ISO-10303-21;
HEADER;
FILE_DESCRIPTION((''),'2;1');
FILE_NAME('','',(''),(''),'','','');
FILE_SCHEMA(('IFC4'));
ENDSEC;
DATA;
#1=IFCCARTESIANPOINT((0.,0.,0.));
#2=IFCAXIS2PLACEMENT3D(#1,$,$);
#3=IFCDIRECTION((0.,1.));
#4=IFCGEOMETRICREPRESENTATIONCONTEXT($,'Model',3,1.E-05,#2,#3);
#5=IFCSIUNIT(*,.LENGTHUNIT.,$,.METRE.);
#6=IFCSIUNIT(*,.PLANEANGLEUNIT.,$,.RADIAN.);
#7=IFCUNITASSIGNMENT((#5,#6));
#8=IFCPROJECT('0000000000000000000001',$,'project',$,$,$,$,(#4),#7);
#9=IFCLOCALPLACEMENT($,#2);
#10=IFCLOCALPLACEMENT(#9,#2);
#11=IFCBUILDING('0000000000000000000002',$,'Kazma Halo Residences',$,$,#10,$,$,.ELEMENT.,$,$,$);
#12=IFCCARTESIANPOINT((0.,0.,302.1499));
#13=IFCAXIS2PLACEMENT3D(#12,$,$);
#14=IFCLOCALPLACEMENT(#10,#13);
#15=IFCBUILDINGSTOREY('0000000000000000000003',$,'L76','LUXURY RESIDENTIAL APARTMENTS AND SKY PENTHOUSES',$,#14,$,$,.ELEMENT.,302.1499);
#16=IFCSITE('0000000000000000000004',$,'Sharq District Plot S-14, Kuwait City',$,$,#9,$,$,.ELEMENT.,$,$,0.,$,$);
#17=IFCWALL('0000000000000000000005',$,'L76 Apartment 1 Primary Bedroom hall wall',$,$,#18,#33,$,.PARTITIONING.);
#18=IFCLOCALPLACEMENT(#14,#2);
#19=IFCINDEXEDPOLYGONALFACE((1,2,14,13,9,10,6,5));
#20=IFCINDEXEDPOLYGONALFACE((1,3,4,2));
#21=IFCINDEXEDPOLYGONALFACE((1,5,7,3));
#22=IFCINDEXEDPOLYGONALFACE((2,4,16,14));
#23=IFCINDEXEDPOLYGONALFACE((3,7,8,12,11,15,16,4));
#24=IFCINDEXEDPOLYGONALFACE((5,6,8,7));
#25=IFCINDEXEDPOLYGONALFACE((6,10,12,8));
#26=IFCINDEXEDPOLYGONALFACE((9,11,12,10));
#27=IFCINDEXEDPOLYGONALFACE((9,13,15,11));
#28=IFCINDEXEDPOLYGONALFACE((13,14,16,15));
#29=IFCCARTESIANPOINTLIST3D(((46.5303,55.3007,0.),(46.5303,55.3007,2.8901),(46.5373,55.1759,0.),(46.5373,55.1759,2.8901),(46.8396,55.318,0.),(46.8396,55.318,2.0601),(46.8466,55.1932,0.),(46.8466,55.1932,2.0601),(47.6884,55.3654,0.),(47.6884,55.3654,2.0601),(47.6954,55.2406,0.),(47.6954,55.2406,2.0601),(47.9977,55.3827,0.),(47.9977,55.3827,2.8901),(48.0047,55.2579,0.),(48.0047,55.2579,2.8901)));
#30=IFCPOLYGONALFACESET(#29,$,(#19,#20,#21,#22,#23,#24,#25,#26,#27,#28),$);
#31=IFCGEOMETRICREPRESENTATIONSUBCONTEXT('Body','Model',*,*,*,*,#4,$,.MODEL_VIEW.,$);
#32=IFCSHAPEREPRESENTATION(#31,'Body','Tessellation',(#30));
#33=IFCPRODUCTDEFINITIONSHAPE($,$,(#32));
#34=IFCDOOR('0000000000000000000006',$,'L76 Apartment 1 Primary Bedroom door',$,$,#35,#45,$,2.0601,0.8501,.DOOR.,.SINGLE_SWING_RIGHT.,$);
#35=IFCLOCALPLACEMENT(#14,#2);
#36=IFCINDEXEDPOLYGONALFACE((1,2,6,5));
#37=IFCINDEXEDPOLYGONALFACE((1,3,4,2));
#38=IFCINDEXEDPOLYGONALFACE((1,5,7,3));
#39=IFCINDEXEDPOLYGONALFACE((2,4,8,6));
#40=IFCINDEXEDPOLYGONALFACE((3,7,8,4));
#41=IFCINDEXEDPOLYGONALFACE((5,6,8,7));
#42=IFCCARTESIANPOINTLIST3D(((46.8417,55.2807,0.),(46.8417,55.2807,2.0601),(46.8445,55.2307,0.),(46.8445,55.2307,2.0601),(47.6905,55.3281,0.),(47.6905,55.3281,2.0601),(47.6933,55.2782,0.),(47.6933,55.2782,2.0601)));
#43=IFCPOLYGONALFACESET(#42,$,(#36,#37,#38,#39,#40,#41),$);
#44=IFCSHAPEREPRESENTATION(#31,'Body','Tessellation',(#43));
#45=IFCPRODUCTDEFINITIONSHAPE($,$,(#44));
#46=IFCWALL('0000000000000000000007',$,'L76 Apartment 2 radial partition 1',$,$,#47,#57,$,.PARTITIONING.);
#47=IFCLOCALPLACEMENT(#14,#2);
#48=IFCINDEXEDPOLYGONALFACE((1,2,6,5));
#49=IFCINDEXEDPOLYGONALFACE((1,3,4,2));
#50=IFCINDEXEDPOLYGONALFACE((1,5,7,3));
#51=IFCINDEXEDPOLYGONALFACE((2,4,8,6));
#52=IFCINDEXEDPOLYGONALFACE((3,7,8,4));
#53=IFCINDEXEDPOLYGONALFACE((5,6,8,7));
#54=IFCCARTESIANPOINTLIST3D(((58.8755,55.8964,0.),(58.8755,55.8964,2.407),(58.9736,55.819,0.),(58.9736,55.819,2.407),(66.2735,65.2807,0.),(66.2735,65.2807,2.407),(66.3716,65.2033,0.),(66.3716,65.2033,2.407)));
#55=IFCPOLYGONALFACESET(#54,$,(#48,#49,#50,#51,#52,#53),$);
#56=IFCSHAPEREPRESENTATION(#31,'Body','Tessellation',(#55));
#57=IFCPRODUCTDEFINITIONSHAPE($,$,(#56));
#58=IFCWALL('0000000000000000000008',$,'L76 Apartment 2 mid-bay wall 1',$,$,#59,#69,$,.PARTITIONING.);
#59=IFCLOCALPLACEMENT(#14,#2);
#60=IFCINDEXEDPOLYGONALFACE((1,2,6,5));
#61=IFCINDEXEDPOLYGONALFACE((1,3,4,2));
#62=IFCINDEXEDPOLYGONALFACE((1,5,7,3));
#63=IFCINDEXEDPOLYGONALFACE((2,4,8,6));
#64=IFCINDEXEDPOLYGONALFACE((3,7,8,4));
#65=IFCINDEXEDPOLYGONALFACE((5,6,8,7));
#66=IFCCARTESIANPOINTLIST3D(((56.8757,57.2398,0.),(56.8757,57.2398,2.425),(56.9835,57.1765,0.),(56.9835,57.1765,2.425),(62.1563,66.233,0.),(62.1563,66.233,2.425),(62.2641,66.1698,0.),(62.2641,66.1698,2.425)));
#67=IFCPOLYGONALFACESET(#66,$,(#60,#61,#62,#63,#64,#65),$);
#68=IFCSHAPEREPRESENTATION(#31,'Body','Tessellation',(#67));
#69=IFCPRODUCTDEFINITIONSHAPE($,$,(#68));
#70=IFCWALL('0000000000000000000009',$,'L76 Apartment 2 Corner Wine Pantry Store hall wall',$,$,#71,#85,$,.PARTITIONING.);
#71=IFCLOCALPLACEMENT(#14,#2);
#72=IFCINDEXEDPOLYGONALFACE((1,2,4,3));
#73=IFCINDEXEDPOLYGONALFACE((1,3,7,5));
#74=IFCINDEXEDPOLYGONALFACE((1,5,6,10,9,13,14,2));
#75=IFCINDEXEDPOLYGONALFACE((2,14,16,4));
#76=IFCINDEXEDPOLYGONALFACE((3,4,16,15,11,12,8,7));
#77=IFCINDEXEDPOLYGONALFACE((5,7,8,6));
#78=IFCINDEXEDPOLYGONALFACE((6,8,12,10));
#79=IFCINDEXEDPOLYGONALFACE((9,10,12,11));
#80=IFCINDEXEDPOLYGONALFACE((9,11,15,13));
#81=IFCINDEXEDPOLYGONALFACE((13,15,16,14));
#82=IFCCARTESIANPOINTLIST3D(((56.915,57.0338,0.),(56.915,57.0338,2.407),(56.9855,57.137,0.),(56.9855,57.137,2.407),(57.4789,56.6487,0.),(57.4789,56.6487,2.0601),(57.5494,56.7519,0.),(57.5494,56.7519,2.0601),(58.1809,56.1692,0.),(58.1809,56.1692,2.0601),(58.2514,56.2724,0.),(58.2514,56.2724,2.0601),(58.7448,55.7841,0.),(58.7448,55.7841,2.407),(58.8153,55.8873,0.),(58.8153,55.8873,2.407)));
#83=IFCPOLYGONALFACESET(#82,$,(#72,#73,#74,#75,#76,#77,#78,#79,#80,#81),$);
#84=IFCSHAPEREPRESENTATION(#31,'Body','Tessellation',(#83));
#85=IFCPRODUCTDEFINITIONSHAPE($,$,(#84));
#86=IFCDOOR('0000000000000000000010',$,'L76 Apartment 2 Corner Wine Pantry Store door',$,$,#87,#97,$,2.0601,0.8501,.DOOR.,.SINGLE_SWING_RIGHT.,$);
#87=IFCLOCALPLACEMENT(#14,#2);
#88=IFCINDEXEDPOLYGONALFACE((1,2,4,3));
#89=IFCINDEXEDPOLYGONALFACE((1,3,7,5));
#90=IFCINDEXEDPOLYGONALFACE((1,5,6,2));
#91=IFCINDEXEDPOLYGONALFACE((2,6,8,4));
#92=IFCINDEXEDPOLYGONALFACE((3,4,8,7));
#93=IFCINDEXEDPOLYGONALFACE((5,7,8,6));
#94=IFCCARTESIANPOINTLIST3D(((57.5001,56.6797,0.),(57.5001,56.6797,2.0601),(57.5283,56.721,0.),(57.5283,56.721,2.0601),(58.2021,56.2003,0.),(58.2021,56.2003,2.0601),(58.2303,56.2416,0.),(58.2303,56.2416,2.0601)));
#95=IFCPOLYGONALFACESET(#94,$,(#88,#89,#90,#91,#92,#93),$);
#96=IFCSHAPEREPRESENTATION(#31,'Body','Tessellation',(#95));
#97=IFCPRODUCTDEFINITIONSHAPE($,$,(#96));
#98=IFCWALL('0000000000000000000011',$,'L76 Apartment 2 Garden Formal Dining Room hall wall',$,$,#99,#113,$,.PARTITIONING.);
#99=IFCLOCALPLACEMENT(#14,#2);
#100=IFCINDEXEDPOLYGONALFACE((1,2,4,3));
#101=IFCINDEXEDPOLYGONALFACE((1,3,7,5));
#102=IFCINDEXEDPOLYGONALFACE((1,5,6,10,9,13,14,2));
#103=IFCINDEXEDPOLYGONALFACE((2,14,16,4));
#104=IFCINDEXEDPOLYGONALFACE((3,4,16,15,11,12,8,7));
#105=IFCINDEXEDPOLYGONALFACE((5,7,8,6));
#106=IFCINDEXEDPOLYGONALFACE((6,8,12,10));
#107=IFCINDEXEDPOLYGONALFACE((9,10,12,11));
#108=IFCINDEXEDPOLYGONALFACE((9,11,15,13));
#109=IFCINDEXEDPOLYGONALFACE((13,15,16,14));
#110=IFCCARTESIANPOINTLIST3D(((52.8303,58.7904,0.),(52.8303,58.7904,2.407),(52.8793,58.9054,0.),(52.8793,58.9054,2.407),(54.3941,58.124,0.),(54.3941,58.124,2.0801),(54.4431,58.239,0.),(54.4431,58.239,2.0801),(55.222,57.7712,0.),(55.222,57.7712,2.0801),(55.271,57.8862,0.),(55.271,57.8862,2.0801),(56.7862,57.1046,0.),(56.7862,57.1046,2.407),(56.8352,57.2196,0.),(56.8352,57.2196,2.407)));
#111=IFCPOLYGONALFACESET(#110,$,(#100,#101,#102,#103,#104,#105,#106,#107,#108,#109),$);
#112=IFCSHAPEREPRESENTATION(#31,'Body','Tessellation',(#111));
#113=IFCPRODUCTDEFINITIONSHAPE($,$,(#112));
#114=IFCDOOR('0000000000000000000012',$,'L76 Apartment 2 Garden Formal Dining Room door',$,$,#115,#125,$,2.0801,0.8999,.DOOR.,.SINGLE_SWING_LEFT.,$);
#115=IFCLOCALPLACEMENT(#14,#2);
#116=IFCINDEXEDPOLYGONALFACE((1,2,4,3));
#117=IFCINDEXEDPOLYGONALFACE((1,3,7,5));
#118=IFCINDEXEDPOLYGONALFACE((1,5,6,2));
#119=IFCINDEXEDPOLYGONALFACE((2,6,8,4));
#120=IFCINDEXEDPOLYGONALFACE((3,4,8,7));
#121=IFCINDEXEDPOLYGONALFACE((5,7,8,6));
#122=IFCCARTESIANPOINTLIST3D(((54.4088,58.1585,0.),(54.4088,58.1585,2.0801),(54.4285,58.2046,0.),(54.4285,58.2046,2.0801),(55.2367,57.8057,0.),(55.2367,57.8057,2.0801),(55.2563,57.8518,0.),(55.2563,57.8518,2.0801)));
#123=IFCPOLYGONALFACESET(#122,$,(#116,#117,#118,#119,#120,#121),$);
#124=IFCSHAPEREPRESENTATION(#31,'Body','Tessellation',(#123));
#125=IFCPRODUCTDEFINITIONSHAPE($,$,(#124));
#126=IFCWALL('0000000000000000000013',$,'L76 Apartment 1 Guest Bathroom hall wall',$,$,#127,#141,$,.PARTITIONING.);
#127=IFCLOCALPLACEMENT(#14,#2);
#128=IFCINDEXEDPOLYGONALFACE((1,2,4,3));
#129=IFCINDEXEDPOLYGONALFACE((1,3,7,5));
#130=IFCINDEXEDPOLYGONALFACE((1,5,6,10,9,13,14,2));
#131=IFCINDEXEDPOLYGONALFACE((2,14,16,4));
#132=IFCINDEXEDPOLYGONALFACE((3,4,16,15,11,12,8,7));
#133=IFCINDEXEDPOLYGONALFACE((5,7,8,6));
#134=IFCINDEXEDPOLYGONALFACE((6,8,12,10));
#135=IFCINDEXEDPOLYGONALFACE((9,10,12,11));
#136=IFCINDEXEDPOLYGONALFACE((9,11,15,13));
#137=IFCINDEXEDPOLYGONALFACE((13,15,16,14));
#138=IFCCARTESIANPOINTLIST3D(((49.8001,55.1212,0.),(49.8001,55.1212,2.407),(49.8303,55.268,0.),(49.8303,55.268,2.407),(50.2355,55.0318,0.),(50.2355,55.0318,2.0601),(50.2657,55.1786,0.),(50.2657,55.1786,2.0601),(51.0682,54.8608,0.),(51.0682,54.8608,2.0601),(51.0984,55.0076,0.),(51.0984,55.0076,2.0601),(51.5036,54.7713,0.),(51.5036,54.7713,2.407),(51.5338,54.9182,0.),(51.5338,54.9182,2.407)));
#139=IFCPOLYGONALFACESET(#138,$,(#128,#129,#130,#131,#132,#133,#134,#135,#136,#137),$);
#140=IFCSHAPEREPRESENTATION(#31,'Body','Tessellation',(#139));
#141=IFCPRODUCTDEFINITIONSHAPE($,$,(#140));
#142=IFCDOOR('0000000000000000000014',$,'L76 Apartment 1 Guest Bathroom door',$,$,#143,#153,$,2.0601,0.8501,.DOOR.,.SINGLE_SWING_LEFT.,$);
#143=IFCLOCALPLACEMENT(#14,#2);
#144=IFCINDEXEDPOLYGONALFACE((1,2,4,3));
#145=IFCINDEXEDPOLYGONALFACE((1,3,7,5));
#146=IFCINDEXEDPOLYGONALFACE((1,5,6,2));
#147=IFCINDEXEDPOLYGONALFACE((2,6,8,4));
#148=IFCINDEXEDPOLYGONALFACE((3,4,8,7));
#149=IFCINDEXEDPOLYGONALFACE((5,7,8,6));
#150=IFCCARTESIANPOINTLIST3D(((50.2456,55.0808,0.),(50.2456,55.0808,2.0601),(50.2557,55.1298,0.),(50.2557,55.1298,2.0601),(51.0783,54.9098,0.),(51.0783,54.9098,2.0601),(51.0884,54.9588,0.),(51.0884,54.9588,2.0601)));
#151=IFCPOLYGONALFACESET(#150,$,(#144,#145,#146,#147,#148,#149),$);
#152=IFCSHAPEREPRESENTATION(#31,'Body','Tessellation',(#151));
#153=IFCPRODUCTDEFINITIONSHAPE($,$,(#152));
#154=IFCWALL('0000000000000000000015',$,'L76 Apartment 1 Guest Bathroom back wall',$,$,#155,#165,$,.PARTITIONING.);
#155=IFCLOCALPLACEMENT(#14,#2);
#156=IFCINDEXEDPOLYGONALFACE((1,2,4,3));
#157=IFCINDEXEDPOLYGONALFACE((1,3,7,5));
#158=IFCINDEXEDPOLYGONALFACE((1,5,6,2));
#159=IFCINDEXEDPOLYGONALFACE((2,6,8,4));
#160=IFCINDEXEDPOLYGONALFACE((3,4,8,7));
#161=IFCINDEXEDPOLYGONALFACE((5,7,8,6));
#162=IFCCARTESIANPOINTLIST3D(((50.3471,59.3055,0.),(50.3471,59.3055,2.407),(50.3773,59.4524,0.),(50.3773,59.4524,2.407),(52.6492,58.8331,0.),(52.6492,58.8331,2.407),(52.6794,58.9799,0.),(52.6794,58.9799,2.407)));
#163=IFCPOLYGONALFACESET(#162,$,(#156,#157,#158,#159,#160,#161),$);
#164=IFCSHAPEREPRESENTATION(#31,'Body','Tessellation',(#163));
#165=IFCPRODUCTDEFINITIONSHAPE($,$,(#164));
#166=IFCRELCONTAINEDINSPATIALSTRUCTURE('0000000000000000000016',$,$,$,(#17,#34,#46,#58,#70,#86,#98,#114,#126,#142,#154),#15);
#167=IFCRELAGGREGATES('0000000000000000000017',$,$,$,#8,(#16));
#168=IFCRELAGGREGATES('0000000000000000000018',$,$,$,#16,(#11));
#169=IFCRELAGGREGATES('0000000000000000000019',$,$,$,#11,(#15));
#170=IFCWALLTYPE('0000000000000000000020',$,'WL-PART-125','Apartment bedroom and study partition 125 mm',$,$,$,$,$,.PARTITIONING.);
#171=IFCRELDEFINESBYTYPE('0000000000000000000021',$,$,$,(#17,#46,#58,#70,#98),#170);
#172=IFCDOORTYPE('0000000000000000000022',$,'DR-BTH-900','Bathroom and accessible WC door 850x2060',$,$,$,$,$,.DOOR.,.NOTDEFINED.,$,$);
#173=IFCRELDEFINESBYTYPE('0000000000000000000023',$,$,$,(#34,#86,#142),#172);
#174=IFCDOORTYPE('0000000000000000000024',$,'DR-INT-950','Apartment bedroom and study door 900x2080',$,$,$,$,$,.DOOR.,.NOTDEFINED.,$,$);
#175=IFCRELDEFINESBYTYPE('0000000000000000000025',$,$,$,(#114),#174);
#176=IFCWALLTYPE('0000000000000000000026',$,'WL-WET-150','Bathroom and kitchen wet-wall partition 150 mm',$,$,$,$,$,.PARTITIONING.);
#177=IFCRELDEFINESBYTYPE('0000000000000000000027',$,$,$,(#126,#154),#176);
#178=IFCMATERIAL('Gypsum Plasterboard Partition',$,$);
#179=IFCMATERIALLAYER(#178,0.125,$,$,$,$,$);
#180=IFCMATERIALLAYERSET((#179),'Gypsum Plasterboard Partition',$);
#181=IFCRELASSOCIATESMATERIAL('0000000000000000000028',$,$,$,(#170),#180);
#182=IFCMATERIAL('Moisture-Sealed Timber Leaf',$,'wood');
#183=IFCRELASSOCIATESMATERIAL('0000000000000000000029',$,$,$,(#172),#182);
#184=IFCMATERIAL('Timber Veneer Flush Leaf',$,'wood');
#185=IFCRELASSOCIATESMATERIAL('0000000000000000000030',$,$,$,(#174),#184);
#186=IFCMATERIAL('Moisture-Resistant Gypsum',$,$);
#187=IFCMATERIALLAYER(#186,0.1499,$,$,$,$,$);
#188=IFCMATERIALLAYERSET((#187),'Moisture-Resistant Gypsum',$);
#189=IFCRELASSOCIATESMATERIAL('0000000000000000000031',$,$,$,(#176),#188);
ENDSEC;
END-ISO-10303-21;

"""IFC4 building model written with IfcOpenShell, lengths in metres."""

from ifc_helpers import new_model, si_unit, direction, frame, frame_2d, origin, place, context, subcontext, project, spatial, rectangle, extrude, material, layer, layer_set, type_object, element, fill, save


model = new_model("IFC4")

# Units and contexts
model_context = context("Model", 3, precision=1e-05, world=origin(), true_north=direction((0.0, 1.0)))
body_context = subcontext(model_context, "Body", "Model", "MODEL_VIEW")
ifc_project = project(units=[si_unit("LENGTHUNIT", "METRE"), si_unit("PLANEANGLEUNIT", "RADIAN")], contexts=[model_context])

# Site, building, storey
site_placement = place(None, origin())
site = spatial("IfcSite", under=ifc_project, at=site_placement, Name="Sharq District Plot S-14, Kuwait City", CompositionType="ELEMENT", RefElevation=0.0)
building_placement = place(site_placement, origin())
building = spatial("IfcBuilding", under=site, at=building_placement, Name="Kazma Halo Residences", CompositionType="ELEMENT")
storey_placement = place(building_placement, frame((0.0, 0.0, 302.1499)))
storey = spatial("IfcBuildingStorey", under=building, at=storey_placement, Name="L76", Description="LUXURY RESIDENTIAL APARTMENTS AND SKY PENTHOUSES", CompositionType="ELEMENT", Elevation=302.1499)

# Shared definitions
ifc_material_1 = material(Name="Gypsum Plasterboard Partition")
ifc_layer_1 = layer(ifc_material_1, 0.125)
ifc_layer_set_1 = layer_set([ifc_layer_1], Name="Gypsum Plasterboard Partition")
wall_type_1 = type_object("IfcWallType", Name="WL-PART-125", Description="Apartment bedroom and study partition 125 mm", PredefinedType="PARTITIONING", material=ifc_layer_set_1)
ifc_material_2 = material(Name="Moisture-Sealed Timber Leaf", Category="wood")
door_type_1 = type_object("IfcDoorType", Name="DR-BTH-900", Description="Bathroom and accessible WC door 850x2060", OperationType="NOTDEFINED", PredefinedType="DOOR", material=ifc_material_2)

# Wall, opening, door
wall_1_placement = place(storey_placement, frame((48.0012, 55.3203, 0.0), z_axis=(0.0, 0.0, 1.0), x_axis=(-0.998441, -0.05581, 0.0)))
wall_1 = element("IfcWall", 1, at=wall_1_placement, inside=storey, type_object=wall_type_1, Name="L76 Apartment 1 Primary Bedroom hall wall", PredefinedType="PARTITIONING", context=body_context, shape_type="SweptSolid", body=[
    extrude(rectangle(XDim=1.4697, YDim=0.125, at=frame_2d((0.7349, 0.0))), origin(), (0.0, 0.0, 1.0), 2.8901),
])
opening_1_placement = place(wall_1_placement, frame((0.3098, 0.0, 0.0)))
opening_1 = element("IfcOpeningElement", 2, at=opening_1_placement, cuts=wall_1, PredefinedType="OPENING", context=body_context, shape_type="SweptSolid", body=[
    extrude(rectangle(XDim=0.8501, YDim=2.0601, at=frame_2d((0.425, 1.03))), frame((0.0, 0.0725, 0.0), z_axis=(0.0, -1.0, 0.0), x_axis=(1.0, 0.0, 0.0)), (0.0, 0.0, 1.0), 0.145),
])
door_1_placement = place(opening_1_placement, origin())
door_1 = element("IfcDoor", 3, at=door_1_placement, inside=storey, type_object=door_type_1, Name="L76 Apartment 1 Primary Bedroom door", OperationType="SINGLE_SWING_RIGHT", OverallHeight=2.0601, OverallWidth=0.8501, PredefinedType="DOOR", context=body_context, shape_type="SweptSolid", body=[
    extrude(rectangle(XDim=0.8501, YDim=2.0601, at=frame_2d((0.425, 1.03))), frame((0.0, 0.0249, 0.0), z_axis=(0.0, -1.0, 0.0), x_axis=(1.0, 0.0, 0.0)), (0.0, 0.0, 1.0), 0.05),
])
fill(opening_1, door_1)

# Walls
wall_2_placement = place(storey_placement, frame((58.9246, 55.8577, 0.0), z_axis=(0.0, 0.0, 1.0), x_axis=(0.619093, 0.785318, 0.0)))
element("IfcWall", 4, at=wall_2_placement, inside=storey, type_object=wall_type_1, Name="L76 Apartment 2 radial partition 1", PredefinedType="PARTITIONING", context=body_context, shape_type="SweptSolid", body=[
    extrude(rectangle(XDim=11.9497, YDim=0.125, at=frame_2d((5.9749, 0.0))), origin(), (0.0, 0.0, 1.0), 2.407),
])
wall_3_placement = place(storey_placement, frame((56.9297, 57.2083, 0.0), z_axis=(0.0, 0.0, 1.0), x_axis=(0.506338, 0.862335, 0.0)))
element("IfcWall", 5, at=wall_3_placement, inside=storey, type_object=wall_type_1, Name="L76 Apartment 2 mid-bay wall 1", PredefinedType="PARTITIONING", context=body_context, shape_type="SweptSolid", body=[
    extrude(rectangle(XDim=10.429, YDim=0.125, at=frame_2d((5.2144, 0.0))), origin(), (0.0, 0.0, 1.0), 2.425),
])

# Walls, openings, doors
wall_4_placement = place(storey_placement, frame((58.78, 55.8357, 0.0), z_axis=(0.0, 0.0, 1.0), x_axis=(-0.825777, 0.563996, 0.0)))
wall_4 = element("IfcWall", 6, at=wall_4_placement, inside=storey, type_object=wall_type_1, Name="L76 Apartment 2 Corner Wine Pantry Store hall wall", PredefinedType="PARTITIONING", context=body_context, shape_type="SweptSolid", body=[
    extrude(rectangle(XDim=2.2158, YDim=0.125, at=frame_2d((1.1079, 0.0))), origin(), (0.0, 0.0, 1.0), 2.407),
])
opening_2_placement = place(wall_4_placement, frame((0.6829, 0.0, 0.0)))
opening_2 = element("IfcOpeningElement", 7, at=opening_2_placement, cuts=wall_4, PredefinedType="OPENING", context=body_context, shape_type="SweptSolid", body=[
    extrude(rectangle(XDim=0.8501, YDim=2.0601, at=frame_2d((0.425, 1.03))), frame((0.0, 0.0725, 0.0), z_axis=(0.0, -1.0, 0.0), x_axis=(1.0, 0.0, 0.0)), (0.0, 0.0, 1.0), 0.145),
])
door_2_placement = place(opening_2_placement, origin())
door_2 = element("IfcDoor", 8, at=door_2_placement, inside=storey, type_object=door_type_1, Name="L76 Apartment 2 Corner Wine Pantry Store door", OperationType="SINGLE_SWING_RIGHT", OverallHeight=2.0601, OverallWidth=0.8501, PredefinedType="DOOR", context=body_context, shape_type="SweptSolid", body=[
    extrude(rectangle(XDim=0.8501, YDim=2.0601, at=frame_2d((0.425, 1.03))), frame((0.0, 0.0249, 0.0), z_axis=(0.0, -1.0, 0.0), x_axis=(1.0, 0.0, 0.0)), (0.0, 0.0, 1.0), 0.05),
])
fill(opening_2, door_2)
wall_5_placement = place(storey_placement, frame((56.8105, 57.1621, 0.0), z_axis=(0.0, 0.0, 1.0), x_axis=(-0.919948, 0.392041, 0.0)))
wall_5 = element("IfcWall", 9, at=wall_5_placement, inside=storey, type_object=wall_type_1, Name="L76 Apartment 2 Garden Formal Dining Room hall wall", PredefinedType="PARTITIONING", context=body_context, shape_type="SweptSolid", body=[
    extrude(rectangle(XDim=4.3, YDim=0.125, at=frame_2d((2.1499, 0.0))), origin(), (0.0, 0.0, 1.0), 2.407),
])
opening_3_placement = place(wall_5_placement, frame((1.7002, 0.0, 0.0)))
opening_3 = element("IfcOpeningElement", 10, at=opening_3_placement, cuts=wall_5, PredefinedType="OPENING", context=body_context, shape_type="SweptSolid", body=[
    extrude(rectangle(XDim=0.8999, YDim=2.0801, at=frame_2d((0.45, 1.04))), frame((0.0, 0.0725, 0.0), z_axis=(0.0, -1.0, 0.0), x_axis=(1.0, 0.0, 0.0)), (0.0, 0.0, 1.0), 0.145),
])
ifc_material_3 = material(Name="Timber Veneer Flush Leaf", Category="wood")
door_type_2 = type_object("IfcDoorType", Name="DR-INT-950", Description="Apartment bedroom and study door 900x2080", OperationType="NOTDEFINED", PredefinedType="DOOR", material=ifc_material_3)
door_3_placement = place(opening_3_placement, origin())
door_3 = element("IfcDoor", 11, at=door_3_placement, inside=storey, type_object=door_type_2, Name="L76 Apartment 2 Garden Formal Dining Room door", OperationType="SINGLE_SWING_LEFT", OverallHeight=2.0801, OverallWidth=0.8999, PredefinedType="DOOR", context=body_context, shape_type="SweptSolid", body=[
    extrude(rectangle(XDim=0.8999, YDim=2.0801, at=frame_2d((0.45, 1.04))), frame((0.0, 0.0249, 0.0), z_axis=(0.0, -1.0, 0.0), x_axis=(1.0, 0.0, 0.0)), (0.0, 0.0, 1.0), 0.05),
])
fill(opening_3, door_3)
ifc_material_4 = material(Name="Moisture-Resistant Gypsum")
ifc_layer_2 = layer(ifc_material_4, 0.1499)
ifc_layer_set_2 = layer_set([ifc_layer_2], Name="Moisture-Resistant Gypsum")
wall_type_2 = type_object("IfcWallType", Name="WL-WET-150", Description="Bathroom and kitchen wet-wall partition 150 mm", PredefinedType="PARTITIONING", material=ifc_layer_set_2)
wall_6_placement = place(storey_placement, frame((51.5188, 54.8447, 0.0), z_axis=(0.0, 0.0, 1.0), x_axis=(-0.979552, 0.201189, 0.0)))
wall_6 = element("IfcWall", 12, at=wall_6_placement, inside=storey, type_object=wall_type_2, Name="L76 Apartment 1 Guest Bathroom hall wall", PredefinedType="PARTITIONING", context=body_context, shape_type="SweptSolid", body=[
    extrude(rectangle(XDim=1.739, YDim=0.1499, at=frame_2d((0.8696, 0.0))), origin(), (0.0, 0.0, 1.0), 2.407),
])
opening_4_placement = place(wall_6_placement, frame((0.4446, 0.0, 0.0)))
opening_4 = element("IfcOpeningElement", 13, at=opening_4_placement, cuts=wall_6, PredefinedType="OPENING", context=body_context, shape_type="SweptSolid", body=[
    extrude(rectangle(XDim=0.8501, YDim=2.0601, at=frame_2d((0.425, 1.03))), frame((0.0, 0.085, 0.0), z_axis=(0.0, -1.0, 0.0), x_axis=(1.0, 0.0, 0.0)), (0.0, 0.0, 1.0), 0.1699),
])
door_4_placement = place(opening_4_placement, origin())
door_4 = element("IfcDoor", 14, at=door_4_placement, inside=storey, type_object=door_type_1, Name="L76 Apartment 1 Guest Bathroom door", OperationType="SINGLE_SWING_LEFT", OverallHeight=2.0601, OverallWidth=0.8501, PredefinedType="DOOR", context=body_context, shape_type="SweptSolid", body=[
    extrude(rectangle(XDim=0.8501, YDim=2.0601, at=frame_2d((0.425, 1.03))), frame((0.0, 0.0249, 0.0), z_axis=(0.0, -1.0, 0.0), x_axis=(1.0, 0.0, 0.0)), (0.0, 0.0, 1.0), 0.05),
])
fill(opening_4, door_4)

# Wall
wall_7_placement = place(storey_placement, frame((52.6643, 58.9065, 0.0), z_axis=(0.0, 0.0, 1.0), x_axis=(-0.979585, 0.201029, 0.0)))
element("IfcWall", 15, at=wall_7_placement, inside=storey, type_object=wall_type_2, Name="L76 Apartment 1 Guest Bathroom back wall", PredefinedType="PARTITIONING", context=body_context, shape_type="SweptSolid", body=[
    extrude(rectangle(XDim=2.3501, YDim=0.1499, at=frame_2d((1.175, 0.0))), origin(), (0.0, 0.0, 1.0), 2.407),
])

save(model, "model.ifc")
